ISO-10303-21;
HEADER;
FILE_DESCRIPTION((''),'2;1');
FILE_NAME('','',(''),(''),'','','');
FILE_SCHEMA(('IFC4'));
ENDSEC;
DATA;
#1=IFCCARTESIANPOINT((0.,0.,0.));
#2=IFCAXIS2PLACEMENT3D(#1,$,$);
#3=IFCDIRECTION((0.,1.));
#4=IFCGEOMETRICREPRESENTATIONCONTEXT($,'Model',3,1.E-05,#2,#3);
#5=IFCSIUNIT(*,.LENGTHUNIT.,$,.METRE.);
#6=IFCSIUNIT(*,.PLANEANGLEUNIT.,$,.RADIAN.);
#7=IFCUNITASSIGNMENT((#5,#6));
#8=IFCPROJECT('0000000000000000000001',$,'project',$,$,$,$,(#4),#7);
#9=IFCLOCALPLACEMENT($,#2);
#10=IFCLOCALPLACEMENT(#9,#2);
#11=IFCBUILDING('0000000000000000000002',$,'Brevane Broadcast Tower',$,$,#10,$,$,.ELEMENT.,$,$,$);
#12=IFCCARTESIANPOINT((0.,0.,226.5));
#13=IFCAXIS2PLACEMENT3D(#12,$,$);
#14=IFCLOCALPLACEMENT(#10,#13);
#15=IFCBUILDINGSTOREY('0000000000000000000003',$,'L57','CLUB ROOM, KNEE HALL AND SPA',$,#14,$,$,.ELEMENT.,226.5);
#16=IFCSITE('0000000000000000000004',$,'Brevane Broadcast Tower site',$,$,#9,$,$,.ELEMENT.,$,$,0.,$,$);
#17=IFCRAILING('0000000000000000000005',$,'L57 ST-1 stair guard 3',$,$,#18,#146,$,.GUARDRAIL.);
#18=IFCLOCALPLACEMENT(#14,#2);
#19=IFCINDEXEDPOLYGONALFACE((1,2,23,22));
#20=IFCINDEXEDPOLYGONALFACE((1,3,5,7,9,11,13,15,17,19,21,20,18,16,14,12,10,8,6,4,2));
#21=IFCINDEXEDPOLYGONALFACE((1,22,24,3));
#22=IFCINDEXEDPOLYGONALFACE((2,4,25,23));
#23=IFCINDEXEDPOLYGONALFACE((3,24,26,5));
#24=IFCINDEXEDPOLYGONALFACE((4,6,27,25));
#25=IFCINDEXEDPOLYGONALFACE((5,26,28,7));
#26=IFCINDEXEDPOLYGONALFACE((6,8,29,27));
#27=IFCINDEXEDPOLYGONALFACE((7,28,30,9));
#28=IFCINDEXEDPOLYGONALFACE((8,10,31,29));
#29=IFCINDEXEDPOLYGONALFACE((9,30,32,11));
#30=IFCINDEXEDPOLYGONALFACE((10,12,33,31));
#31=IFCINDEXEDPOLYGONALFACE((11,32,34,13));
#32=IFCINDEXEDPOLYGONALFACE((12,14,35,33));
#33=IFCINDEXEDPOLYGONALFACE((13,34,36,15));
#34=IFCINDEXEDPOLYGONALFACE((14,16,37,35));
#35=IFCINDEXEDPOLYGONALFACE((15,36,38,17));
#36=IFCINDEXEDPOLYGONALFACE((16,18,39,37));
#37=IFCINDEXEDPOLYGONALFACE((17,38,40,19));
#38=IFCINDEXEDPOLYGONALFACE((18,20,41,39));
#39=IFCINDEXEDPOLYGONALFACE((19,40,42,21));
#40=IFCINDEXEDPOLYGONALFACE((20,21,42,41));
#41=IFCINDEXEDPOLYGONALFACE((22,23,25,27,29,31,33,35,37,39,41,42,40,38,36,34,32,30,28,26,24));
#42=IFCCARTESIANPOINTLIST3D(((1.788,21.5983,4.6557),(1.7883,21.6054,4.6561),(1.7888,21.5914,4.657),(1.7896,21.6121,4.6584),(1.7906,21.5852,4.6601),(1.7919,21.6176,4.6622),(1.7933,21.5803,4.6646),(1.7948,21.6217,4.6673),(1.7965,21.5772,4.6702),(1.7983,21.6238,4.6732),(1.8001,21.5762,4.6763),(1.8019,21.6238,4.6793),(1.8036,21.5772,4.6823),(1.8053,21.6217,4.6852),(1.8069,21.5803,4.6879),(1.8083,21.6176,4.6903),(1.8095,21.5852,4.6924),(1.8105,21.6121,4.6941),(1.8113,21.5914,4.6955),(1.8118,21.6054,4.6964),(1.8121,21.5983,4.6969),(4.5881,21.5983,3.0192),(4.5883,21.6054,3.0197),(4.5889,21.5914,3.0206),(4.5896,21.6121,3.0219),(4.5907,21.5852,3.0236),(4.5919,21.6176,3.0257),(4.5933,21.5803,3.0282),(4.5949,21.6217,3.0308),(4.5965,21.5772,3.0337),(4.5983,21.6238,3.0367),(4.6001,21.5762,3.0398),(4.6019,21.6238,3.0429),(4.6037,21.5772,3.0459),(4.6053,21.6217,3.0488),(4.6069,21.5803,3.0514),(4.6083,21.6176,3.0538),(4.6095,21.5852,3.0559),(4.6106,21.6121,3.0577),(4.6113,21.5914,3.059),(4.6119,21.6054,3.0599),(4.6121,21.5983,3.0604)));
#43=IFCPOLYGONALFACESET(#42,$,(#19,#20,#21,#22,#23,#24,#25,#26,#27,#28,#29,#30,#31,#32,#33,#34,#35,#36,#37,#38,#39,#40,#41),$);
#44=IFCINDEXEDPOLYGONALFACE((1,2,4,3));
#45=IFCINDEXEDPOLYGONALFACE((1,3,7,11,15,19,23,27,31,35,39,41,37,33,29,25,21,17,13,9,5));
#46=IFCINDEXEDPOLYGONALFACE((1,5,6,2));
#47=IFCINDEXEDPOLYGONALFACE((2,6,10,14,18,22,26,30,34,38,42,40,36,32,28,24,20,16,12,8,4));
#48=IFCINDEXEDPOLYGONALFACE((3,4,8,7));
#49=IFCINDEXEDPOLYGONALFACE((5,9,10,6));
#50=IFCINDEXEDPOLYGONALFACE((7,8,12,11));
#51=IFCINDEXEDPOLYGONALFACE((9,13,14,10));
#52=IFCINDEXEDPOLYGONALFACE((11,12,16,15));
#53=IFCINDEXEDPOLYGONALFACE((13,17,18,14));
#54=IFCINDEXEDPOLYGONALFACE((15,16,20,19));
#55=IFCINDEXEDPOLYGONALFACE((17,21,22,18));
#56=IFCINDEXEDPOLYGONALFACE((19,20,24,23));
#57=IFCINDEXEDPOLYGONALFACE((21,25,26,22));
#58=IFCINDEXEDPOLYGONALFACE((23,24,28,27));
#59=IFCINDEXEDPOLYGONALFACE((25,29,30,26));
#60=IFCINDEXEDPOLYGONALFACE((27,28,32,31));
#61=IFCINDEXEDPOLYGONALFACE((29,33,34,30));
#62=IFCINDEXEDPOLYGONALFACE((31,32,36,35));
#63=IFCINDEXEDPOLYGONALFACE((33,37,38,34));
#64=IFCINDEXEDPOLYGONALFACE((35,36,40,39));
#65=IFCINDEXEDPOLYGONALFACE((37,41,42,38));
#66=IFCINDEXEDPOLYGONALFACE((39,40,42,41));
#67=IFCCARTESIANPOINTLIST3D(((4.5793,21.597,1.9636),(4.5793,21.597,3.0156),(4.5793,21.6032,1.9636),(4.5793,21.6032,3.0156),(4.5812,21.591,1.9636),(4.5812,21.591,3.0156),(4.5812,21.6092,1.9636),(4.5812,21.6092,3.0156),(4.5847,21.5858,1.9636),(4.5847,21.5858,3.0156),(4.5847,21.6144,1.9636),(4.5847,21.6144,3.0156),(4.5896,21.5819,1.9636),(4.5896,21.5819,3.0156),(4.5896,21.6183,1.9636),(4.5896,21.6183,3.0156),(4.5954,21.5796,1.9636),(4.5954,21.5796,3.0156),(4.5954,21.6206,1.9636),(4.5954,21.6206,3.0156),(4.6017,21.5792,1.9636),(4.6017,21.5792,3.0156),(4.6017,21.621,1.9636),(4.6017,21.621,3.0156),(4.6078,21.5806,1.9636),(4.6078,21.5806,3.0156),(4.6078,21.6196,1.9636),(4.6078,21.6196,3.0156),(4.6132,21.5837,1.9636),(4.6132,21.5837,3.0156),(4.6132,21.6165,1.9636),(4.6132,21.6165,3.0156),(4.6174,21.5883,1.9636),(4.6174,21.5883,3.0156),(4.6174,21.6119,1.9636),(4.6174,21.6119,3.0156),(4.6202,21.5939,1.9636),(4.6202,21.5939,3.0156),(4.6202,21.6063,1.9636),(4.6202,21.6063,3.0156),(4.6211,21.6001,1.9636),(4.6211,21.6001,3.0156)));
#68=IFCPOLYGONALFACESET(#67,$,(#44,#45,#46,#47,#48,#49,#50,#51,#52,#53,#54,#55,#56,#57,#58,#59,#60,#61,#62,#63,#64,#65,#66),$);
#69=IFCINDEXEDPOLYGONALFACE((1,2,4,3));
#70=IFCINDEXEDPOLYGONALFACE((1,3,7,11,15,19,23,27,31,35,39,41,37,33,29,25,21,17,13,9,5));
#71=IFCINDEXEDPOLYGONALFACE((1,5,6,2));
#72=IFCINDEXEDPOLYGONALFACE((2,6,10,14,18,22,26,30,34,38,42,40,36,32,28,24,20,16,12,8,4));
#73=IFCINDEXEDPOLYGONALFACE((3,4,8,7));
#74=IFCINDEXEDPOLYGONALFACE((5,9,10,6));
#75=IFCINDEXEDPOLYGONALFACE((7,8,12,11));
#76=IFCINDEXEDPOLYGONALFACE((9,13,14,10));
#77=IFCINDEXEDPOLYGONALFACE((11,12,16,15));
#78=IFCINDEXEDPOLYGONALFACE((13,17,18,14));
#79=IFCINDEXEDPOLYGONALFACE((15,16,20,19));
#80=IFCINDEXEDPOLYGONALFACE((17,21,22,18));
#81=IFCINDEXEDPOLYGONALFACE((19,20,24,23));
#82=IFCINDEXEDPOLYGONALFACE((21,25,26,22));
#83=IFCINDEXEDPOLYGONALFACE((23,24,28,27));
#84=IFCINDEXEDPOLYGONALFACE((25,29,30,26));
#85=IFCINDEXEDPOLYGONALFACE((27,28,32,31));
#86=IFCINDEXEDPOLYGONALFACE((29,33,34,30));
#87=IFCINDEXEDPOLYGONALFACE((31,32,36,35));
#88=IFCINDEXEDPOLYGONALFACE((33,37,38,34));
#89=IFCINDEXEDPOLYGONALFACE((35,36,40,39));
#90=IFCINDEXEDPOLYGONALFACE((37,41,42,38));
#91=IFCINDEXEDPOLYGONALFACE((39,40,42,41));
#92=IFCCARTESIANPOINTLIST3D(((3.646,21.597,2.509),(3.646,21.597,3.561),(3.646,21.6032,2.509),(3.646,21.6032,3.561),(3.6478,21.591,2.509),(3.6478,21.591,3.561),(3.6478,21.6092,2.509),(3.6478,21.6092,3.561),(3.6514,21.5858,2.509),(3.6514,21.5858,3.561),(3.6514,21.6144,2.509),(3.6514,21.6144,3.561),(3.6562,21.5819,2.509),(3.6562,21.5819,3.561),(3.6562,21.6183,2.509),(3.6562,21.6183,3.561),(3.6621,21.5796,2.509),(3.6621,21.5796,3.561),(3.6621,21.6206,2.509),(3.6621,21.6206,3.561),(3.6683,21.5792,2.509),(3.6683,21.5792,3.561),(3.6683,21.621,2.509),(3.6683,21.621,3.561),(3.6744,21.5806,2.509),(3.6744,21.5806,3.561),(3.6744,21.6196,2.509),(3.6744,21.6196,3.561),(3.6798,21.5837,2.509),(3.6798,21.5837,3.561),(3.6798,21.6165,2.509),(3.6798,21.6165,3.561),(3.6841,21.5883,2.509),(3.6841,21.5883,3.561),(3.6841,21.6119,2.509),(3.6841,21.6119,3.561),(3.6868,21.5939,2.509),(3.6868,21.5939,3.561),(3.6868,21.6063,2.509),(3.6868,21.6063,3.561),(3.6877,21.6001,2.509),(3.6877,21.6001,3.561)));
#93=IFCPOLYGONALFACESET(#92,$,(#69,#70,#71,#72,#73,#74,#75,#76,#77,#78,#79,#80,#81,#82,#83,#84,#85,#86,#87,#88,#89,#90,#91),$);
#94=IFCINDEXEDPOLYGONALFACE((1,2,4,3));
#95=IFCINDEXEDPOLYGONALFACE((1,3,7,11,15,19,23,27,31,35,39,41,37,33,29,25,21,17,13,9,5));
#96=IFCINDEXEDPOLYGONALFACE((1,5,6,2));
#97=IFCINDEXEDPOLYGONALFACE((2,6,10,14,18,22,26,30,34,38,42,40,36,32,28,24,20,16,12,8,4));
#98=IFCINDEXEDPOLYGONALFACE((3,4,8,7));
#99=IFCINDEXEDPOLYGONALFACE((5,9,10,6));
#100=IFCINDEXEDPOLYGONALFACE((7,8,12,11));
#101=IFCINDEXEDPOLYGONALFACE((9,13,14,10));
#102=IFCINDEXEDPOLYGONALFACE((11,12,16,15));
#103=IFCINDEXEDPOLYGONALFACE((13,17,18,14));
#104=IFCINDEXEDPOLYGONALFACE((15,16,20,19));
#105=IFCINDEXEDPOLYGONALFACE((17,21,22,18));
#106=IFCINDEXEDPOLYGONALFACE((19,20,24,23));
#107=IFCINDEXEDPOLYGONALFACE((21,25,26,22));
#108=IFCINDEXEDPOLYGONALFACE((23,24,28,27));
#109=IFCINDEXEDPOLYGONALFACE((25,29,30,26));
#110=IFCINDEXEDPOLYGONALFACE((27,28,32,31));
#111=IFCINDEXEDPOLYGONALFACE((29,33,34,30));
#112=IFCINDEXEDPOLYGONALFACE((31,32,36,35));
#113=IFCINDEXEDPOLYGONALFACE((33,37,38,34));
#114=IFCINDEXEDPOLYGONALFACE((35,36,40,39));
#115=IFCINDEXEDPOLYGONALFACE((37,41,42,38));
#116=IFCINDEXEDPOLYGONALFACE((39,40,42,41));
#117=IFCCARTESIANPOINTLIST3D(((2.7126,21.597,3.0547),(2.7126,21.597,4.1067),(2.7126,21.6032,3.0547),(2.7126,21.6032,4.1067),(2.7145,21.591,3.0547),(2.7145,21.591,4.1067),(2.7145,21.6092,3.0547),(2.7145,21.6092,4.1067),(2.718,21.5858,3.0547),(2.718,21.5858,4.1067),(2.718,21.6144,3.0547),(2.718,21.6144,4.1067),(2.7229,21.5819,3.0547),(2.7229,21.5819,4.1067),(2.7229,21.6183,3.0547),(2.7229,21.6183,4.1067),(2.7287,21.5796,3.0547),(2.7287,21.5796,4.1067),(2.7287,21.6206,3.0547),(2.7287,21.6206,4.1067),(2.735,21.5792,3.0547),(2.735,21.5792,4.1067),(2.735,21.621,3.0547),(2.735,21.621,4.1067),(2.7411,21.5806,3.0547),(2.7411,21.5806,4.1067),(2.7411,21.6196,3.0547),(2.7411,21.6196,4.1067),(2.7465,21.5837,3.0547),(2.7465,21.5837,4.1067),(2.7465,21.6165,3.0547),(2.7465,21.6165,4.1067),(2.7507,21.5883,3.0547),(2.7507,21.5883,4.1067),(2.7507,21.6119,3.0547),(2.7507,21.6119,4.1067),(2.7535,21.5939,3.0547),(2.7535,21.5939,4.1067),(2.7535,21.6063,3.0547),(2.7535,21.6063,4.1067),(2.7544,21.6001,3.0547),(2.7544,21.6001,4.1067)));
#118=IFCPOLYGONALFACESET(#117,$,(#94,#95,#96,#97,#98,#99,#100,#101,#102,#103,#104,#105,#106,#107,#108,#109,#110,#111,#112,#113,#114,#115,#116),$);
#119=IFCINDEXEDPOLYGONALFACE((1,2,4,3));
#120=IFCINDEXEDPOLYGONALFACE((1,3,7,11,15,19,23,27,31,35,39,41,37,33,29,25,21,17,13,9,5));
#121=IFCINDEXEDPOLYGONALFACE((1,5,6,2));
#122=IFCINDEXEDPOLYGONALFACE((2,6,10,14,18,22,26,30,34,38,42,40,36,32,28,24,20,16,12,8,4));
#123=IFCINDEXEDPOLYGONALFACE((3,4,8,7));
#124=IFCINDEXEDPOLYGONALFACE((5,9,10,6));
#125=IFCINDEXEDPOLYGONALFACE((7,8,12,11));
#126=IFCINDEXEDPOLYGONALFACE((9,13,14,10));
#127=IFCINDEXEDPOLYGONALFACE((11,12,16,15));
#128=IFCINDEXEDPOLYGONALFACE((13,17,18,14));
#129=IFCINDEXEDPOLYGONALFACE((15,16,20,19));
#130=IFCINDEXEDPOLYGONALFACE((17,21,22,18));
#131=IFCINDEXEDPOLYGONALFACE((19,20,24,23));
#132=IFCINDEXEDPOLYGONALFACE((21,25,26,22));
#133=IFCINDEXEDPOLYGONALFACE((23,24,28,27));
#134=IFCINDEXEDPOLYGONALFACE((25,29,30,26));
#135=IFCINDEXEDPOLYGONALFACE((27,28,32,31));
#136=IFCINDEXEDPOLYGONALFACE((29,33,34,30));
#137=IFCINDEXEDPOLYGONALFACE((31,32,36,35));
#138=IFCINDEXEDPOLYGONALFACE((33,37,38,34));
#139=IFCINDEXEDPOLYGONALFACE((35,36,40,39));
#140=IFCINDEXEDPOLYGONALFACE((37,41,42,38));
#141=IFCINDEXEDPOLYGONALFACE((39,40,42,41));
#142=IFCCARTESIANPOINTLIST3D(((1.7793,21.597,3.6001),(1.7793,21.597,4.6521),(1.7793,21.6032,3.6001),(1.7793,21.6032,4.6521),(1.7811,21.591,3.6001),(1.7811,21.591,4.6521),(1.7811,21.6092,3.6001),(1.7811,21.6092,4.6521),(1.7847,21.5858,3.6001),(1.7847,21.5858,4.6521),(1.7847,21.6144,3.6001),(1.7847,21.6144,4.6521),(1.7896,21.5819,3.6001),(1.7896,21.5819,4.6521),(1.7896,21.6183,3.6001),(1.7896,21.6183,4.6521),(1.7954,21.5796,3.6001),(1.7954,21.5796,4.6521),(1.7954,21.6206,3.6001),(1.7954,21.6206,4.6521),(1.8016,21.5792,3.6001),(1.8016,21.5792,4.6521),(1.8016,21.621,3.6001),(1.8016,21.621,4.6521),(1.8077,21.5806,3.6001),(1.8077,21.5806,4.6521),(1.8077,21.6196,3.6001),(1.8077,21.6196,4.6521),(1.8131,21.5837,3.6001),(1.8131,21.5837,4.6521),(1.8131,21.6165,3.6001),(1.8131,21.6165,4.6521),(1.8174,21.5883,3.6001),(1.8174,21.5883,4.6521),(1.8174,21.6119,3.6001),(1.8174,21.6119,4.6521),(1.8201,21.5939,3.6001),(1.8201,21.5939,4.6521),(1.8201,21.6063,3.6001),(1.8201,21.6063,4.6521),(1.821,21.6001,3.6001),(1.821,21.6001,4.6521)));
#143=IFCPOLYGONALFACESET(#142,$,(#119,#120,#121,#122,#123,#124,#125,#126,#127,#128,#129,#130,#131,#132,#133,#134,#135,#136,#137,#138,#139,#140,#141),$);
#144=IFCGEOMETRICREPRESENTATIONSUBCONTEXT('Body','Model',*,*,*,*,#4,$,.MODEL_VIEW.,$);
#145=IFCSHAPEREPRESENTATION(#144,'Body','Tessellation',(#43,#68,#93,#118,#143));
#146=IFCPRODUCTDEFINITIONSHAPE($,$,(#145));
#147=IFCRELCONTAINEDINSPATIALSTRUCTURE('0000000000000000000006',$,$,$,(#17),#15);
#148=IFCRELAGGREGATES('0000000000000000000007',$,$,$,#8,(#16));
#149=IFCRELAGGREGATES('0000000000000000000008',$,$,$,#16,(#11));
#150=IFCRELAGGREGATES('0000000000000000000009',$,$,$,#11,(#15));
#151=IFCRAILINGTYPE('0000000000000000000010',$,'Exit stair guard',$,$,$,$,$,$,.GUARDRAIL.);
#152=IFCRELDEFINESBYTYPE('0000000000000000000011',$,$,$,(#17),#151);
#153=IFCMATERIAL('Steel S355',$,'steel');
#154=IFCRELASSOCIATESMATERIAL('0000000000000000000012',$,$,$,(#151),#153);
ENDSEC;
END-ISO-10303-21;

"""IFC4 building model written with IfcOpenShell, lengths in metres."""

from ifc_helpers import new_model, si_unit, direction, frame, origin, origin_2d, place, context, subcontext, project, spatial, circle, extrude, material, type_object, element, save


model = new_model("IFC4")

# Units and contexts
model_context = context("Model", 3, precision=1e-05, world=origin(), true_north=direction((0.0, 1.0)))
body_context = subcontext(model_context, "Body", "Model", "MODEL_VIEW")
ifc_project = project(units=[si_unit("LENGTHUNIT", "METRE"), si_unit("PLANEANGLEUNIT", "RADIAN")], contexts=[model_context])

# Site, building, storey
site_placement = place(None, origin())
site = spatial("IfcSite", under=ifc_project, at=site_placement, Name="Brevane Broadcast Tower site", CompositionType="ELEMENT", RefElevation=0.0)
building_placement = place(site_placement, origin())
building = spatial("IfcBuilding", under=site, at=building_placement, Name="Brevane Broadcast Tower", CompositionType="ELEMENT")
storey_placement = place(building_placement, frame((0.0, 0.0, 226.5)))
storey = spatial("IfcBuildingStorey", under=building, at=storey_placement, Name="L57", Description="CLUB ROOM, KNEE HALL AND SPA", CompositionType="ELEMENT", Elevation=226.5)

# Railing
ifc_material_1 = material(Name="Steel S355", Category="steel")
railing_type_1 = type_object("IfcRailingType", Name="Exit stair guard", PredefinedType="GUARDRAIL", material=ifc_material_1)
railing_1_placement = place(storey_placement, frame((4.6001, 21.6001, 1.9636)))
element("IfcRailing", 1, at=railing_1_placement, inside=storey, type_object=railing_type_1, Name="L57 ST-1 stair guard 3", PredefinedType="GUARDRAIL", context=body_context, shape_type="SweptSolid", body=[
    extrude(circle(Radius=0.0239, at=origin_2d()), frame((0.0, 0.0, 1.0762), z_axis=(-0.863361, 0.0, 0.504587), x_axis=(0.0, -1.0, 0.0)), (0.0, 0.0, 1.0), 3.2432),
    extrude(circle(Radius=0.021, at=origin_2d()), origin(), (0.0, 0.0, 1.0), 1.052),
    extrude(circle(Radius=0.021, at=origin_2d()), frame((-0.9333, 0.0, 0.5454)), (0.0, 0.0, 1.0), 1.052),
    extrude(circle(Radius=0.021, at=origin_2d()), frame((-1.8667, 0.0, 1.0911)), (0.0, 0.0, 1.0), 1.052),
    extrude(circle(Radius=0.021, at=origin_2d()), frame((-2.8, 0.0, 1.6365)), (0.0, 0.0, 1.0), 1.052),
])

save(model, "model.ifc")
